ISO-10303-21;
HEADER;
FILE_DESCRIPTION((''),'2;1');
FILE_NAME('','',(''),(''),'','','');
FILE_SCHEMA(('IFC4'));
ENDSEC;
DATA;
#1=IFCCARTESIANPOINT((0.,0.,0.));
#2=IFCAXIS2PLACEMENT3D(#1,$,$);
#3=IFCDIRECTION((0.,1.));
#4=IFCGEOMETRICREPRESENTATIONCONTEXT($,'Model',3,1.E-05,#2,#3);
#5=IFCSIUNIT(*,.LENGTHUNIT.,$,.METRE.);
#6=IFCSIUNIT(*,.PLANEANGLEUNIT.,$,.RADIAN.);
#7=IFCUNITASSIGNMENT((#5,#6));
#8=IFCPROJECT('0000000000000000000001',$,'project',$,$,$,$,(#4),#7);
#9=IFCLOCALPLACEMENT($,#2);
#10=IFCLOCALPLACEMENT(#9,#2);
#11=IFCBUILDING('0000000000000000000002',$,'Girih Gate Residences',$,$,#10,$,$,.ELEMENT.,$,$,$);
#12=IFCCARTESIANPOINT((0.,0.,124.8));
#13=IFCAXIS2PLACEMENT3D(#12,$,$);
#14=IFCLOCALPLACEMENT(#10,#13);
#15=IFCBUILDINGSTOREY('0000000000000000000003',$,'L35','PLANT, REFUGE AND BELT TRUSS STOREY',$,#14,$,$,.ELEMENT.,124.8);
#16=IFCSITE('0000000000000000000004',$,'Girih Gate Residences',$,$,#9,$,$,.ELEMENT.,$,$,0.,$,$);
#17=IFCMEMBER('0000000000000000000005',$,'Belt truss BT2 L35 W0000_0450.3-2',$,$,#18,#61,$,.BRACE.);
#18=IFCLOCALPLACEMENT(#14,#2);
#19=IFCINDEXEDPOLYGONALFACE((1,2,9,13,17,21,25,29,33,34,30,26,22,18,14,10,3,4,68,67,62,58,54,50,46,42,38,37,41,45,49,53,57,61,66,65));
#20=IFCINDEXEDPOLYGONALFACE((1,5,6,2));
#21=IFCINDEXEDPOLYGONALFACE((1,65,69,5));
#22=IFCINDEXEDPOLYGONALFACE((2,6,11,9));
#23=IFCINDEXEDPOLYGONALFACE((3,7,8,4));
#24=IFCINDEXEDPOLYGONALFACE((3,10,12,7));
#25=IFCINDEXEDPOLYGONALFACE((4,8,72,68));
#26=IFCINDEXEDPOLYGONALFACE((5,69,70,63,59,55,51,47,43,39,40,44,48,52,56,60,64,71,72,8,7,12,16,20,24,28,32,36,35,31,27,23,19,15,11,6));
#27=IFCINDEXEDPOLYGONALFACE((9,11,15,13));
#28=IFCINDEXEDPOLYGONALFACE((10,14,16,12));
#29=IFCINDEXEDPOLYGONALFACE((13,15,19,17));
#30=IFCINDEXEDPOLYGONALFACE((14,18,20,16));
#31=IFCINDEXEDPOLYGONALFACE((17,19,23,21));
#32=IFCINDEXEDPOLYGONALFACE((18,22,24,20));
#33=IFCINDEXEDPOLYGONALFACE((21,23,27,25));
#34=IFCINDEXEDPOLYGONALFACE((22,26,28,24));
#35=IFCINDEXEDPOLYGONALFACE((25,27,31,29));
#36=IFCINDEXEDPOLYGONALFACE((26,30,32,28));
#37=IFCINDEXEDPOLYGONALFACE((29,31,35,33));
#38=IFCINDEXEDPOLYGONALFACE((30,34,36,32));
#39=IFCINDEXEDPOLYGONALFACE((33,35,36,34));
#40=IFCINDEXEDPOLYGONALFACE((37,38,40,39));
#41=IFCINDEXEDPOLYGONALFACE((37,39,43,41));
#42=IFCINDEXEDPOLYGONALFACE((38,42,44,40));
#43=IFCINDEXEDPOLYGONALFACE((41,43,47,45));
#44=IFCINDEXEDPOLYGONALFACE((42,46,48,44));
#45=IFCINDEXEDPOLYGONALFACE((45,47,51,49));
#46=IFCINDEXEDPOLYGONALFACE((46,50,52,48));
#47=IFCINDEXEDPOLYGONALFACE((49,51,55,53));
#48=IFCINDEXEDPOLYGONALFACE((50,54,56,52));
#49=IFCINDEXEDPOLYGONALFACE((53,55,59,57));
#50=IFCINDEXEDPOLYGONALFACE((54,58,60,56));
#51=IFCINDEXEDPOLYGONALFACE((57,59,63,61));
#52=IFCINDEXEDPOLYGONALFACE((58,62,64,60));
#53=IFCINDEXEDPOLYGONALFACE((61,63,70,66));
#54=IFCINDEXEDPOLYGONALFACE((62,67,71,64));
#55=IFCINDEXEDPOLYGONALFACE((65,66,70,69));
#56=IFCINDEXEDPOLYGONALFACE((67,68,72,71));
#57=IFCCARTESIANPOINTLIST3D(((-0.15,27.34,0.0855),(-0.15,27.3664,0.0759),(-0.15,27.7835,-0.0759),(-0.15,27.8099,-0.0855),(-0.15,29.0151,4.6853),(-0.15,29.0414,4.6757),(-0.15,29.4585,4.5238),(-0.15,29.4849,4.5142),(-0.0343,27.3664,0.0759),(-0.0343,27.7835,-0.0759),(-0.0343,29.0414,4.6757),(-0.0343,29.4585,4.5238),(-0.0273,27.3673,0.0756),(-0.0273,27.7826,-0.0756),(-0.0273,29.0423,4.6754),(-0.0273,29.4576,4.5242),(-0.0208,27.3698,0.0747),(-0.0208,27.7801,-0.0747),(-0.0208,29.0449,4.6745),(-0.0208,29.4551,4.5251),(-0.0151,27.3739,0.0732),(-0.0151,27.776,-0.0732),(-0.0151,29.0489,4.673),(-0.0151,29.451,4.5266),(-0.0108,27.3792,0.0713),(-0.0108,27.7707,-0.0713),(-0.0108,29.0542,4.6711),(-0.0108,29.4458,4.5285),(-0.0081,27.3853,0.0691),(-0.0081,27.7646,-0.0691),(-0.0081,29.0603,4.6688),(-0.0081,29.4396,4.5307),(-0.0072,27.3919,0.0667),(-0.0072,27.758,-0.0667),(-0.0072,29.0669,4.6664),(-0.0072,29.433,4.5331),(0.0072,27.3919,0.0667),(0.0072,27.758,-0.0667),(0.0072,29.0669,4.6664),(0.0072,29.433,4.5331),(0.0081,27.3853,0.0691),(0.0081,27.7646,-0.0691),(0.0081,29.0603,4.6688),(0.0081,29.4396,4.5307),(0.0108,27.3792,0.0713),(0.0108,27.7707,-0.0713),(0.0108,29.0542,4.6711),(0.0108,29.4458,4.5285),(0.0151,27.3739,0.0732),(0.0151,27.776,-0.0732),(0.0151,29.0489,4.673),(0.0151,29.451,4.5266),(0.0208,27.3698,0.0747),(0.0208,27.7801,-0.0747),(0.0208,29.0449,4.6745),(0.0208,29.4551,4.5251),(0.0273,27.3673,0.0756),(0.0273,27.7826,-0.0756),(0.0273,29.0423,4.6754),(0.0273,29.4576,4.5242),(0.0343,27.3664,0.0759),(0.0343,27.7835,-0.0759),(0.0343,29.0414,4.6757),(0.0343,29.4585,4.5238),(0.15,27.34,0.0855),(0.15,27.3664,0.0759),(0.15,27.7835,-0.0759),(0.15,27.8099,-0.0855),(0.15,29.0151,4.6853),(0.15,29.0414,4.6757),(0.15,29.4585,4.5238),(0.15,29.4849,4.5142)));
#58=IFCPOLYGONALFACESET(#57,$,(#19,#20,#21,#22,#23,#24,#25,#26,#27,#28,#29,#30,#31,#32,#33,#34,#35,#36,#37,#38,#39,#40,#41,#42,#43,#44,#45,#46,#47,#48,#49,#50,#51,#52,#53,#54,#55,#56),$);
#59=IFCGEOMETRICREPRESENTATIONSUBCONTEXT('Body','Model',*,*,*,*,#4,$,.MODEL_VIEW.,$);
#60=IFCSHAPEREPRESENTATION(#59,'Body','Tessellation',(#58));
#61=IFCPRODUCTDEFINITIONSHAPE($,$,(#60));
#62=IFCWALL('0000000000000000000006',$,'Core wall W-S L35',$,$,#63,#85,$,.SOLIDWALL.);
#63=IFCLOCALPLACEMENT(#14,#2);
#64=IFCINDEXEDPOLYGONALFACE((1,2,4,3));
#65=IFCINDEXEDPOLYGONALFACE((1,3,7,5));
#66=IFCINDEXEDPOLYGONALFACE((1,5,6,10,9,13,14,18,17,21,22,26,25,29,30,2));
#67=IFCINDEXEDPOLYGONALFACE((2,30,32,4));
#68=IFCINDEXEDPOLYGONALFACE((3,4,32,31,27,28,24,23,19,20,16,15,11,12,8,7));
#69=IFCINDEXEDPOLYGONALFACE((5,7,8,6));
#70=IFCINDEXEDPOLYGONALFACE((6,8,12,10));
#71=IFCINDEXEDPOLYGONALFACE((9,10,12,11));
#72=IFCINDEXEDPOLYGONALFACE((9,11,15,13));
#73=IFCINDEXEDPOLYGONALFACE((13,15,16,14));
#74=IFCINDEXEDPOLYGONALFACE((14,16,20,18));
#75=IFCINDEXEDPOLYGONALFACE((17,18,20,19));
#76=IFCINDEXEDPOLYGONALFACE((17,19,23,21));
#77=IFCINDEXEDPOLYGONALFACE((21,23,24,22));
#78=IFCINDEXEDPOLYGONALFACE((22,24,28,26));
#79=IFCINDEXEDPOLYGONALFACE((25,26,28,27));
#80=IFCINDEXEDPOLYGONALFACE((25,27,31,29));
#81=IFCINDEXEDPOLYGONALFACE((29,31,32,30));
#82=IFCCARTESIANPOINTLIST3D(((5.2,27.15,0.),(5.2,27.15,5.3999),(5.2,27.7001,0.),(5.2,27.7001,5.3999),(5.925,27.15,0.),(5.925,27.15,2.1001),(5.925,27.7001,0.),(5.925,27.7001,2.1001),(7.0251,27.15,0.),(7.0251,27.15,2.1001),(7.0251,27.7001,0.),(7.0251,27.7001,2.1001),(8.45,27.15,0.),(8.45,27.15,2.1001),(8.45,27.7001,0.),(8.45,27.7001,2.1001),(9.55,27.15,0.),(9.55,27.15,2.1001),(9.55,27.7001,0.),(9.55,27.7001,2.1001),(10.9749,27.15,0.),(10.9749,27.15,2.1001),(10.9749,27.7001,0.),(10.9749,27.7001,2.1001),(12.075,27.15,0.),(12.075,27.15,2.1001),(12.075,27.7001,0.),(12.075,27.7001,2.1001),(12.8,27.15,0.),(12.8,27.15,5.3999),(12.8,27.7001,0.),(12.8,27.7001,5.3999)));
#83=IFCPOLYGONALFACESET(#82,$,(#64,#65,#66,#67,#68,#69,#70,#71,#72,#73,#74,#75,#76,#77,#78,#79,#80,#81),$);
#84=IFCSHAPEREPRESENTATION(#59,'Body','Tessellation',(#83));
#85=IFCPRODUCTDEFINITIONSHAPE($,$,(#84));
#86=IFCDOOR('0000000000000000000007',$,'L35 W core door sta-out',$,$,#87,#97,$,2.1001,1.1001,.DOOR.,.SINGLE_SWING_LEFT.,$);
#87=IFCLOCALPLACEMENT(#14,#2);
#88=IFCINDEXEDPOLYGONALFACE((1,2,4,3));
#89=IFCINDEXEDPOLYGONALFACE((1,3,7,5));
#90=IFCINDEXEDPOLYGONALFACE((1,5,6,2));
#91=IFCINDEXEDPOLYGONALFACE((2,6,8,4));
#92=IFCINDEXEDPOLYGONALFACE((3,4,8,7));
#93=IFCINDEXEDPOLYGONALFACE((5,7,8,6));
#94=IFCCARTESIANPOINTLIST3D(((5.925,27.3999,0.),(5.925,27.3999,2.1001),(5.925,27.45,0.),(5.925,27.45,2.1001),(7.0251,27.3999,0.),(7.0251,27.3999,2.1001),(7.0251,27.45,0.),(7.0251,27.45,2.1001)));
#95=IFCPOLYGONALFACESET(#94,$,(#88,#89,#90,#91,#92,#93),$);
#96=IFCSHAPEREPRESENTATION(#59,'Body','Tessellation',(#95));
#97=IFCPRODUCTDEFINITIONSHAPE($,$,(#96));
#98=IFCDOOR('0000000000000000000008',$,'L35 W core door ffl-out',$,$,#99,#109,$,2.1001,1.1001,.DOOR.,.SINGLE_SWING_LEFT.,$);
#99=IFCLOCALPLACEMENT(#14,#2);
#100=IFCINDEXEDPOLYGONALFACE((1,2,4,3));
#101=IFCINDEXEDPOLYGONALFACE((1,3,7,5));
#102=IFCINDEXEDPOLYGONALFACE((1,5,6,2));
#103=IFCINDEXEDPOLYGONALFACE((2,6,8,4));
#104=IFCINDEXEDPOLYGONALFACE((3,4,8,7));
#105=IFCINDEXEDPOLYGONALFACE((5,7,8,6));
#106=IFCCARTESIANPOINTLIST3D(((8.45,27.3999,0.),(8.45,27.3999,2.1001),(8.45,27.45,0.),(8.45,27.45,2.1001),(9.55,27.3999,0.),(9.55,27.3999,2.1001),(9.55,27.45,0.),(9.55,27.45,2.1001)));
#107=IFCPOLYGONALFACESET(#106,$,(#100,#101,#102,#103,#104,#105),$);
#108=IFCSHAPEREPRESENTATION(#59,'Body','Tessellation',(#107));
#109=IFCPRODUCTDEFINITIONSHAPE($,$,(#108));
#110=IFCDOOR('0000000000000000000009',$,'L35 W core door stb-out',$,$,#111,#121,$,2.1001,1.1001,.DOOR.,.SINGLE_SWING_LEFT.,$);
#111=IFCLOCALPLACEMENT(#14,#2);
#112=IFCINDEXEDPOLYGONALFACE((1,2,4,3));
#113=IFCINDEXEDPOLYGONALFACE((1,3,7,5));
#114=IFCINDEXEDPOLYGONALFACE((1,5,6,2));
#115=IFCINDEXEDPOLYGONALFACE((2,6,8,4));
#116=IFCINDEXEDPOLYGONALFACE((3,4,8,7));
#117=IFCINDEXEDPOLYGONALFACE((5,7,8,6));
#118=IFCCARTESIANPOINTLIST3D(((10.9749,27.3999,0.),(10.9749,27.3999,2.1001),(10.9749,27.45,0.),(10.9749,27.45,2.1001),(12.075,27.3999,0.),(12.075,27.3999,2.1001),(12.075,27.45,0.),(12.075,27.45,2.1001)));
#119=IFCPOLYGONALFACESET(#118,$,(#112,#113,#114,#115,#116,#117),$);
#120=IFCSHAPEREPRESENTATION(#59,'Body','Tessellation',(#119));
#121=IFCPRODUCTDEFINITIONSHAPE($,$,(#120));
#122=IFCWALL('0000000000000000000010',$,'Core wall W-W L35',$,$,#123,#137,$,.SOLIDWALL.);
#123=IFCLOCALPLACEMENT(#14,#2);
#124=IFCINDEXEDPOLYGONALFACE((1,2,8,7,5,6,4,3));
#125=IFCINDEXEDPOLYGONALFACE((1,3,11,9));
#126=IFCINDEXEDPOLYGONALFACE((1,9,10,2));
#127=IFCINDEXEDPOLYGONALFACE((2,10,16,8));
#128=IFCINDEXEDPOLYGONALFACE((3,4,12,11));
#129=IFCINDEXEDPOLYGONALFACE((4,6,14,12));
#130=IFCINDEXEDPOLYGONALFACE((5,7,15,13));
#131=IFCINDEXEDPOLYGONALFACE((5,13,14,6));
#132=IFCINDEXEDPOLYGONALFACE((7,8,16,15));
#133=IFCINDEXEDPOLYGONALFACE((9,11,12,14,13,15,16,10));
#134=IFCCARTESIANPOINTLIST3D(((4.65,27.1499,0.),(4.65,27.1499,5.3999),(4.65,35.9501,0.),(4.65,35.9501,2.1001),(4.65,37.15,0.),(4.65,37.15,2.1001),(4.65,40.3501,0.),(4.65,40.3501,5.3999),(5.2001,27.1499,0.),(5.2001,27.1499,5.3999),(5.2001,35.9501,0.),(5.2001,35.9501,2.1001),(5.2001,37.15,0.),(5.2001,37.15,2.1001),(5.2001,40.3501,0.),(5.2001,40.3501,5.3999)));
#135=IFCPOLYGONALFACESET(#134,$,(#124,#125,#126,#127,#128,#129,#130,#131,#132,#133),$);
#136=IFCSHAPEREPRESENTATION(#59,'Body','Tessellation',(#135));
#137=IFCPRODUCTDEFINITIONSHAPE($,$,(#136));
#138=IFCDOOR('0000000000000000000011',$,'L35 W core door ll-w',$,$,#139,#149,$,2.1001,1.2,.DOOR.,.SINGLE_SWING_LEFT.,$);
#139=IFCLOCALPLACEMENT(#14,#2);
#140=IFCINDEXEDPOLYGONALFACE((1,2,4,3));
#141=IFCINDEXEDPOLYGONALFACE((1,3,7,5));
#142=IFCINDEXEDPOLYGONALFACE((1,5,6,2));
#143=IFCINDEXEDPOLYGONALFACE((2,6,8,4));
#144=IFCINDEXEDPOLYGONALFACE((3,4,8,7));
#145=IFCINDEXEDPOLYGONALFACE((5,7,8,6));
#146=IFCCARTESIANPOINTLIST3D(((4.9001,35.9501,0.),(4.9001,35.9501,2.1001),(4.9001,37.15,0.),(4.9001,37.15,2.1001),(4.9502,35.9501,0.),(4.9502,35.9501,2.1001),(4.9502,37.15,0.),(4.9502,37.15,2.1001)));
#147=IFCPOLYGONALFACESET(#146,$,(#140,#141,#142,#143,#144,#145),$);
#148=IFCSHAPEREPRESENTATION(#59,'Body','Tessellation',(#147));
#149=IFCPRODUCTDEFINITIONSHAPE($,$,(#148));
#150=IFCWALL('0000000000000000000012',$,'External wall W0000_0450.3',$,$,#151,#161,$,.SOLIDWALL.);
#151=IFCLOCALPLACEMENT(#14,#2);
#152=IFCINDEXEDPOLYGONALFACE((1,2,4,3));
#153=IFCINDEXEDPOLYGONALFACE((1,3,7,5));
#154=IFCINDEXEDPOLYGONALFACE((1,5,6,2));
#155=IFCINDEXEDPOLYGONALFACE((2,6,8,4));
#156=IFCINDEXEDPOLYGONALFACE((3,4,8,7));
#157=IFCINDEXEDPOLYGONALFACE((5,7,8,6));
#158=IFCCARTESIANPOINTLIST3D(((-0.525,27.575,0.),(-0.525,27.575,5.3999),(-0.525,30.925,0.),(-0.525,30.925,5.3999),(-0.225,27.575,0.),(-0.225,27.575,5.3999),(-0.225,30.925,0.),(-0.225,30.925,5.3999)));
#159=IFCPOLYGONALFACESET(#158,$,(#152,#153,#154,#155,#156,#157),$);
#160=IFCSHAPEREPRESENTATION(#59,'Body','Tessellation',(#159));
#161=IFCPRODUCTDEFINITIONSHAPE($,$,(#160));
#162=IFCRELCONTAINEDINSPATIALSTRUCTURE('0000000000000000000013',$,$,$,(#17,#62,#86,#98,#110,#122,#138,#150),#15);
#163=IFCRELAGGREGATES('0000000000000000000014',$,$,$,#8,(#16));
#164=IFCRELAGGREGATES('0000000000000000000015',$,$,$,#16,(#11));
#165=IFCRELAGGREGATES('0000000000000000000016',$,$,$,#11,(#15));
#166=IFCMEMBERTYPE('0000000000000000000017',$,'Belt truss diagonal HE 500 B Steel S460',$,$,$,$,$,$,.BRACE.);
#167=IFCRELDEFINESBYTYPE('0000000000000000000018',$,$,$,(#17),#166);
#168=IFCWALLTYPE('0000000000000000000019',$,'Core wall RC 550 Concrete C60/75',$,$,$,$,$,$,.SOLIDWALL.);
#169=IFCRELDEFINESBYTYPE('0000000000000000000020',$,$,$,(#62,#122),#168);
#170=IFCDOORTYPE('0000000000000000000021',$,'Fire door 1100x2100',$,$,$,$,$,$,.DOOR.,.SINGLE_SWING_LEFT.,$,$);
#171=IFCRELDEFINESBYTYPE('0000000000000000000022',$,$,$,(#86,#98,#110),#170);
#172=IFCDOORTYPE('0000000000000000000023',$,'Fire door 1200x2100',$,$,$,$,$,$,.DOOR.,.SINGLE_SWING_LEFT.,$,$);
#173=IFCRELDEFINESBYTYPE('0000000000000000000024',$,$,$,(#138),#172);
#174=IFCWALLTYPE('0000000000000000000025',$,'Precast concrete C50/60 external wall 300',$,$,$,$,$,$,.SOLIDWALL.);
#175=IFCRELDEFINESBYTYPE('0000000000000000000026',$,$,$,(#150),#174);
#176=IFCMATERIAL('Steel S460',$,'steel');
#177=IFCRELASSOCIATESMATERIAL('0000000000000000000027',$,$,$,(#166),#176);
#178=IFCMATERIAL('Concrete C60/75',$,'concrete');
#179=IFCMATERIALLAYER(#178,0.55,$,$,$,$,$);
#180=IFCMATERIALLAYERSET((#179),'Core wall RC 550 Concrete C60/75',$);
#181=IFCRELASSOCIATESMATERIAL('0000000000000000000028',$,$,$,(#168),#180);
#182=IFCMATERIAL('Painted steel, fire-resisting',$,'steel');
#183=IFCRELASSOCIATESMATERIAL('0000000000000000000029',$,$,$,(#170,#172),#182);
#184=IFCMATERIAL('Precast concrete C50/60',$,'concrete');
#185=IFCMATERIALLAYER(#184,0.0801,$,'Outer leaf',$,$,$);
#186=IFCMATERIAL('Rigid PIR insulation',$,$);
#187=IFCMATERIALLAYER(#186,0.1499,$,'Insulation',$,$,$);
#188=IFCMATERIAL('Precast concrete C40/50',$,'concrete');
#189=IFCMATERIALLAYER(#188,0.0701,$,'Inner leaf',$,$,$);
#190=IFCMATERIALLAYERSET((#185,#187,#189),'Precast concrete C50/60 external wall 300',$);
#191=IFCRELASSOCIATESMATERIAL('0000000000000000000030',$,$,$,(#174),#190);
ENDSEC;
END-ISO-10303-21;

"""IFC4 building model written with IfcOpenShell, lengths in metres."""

from ifc_helpers import new_model, si_unit, direction, frame, frame_2d, origin, origin_2d, place, context, subcontext, project, spatial, rectangle, i_section, extrude, material, layer, layer_set, material_profile, profile_set, type_object, element, fill, save


model = new_model("IFC4")

# Units and contexts
model_context = context("Model", 3, precision=1e-05, world=origin(), true_north=direction((0.0, 1.0)))
body_context = subcontext(model_context, "Body", "Model", "MODEL_VIEW")
ifc_project = project(units=[si_unit("LENGTHUNIT", "METRE"), si_unit("PLANEANGLEUNIT", "RADIAN")], contexts=[model_context])

# Site, building, storey
site_placement = place(None, origin())
site = spatial("IfcSite", under=ifc_project, at=site_placement, Name="Girih Gate Residences", CompositionType="ELEMENT", RefElevation=0.0)
building_placement = place(site_placement, origin())
building = spatial("IfcBuilding", under=site, at=building_placement, Name="Girih Gate Residences", CompositionType="ELEMENT")
storey_placement = place(building_placement, frame((0.0, 0.0, 124.8)))
storey = spatial("IfcBuildingStorey", under=building, at=storey_placement, Name="L35", Description="PLANT, REFUGE AND BELT TRUSS STOREY", CompositionType="ELEMENT", Elevation=124.8)

# Member
ifc_material_1 = material(Name="Steel S460", Category="steel")
ifc_material_profile = material_profile(ifc_material_1, i_section(OverallWidth=0.3, OverallDepth=0.5, WebThickness=0.0144, FlangeThickness=0.0281, FilletRadius=0.0271, at=origin_2d()))
ifc_profile_set = profile_set([ifc_material_profile], Name="Steel S460")
member_type = type_object("IfcMemberType", Name="Belt truss diagonal HE 500 B Steel S460", PredefinedType="BRACE", material=ifc_profile_set)
member_placement = place(storey_placement, frame((0.0, 27.575, 0.0), z_axis=(0.0, 0.342171, 0.939638), x_axis=(-1.0, 0.0, 0.0)))
element("IfcMember", 1, at=member_placement, inside=storey, type_object=member_type, Name="Belt truss BT2 L35 W0000_0450.3-2", PredefinedType="BRACE", context=body_context, shape_type="SweptSolid", body=[
    extrude(i_section(OverallWidth=0.3, OverallDepth=0.5, WebThickness=0.0144, FlangeThickness=0.0281, FilletRadius=0.0271, at=origin_2d()), origin(), (0.0, 0.0, 1.0), 4.8953),
])

# Wall, openings, doors
ifc_material_2 = material(Name="Concrete C60/75", Category="concrete")
ifc_layer_1 = layer(ifc_material_2, 0.55)
ifc_layer_set_1 = layer_set([ifc_layer_1], Name="Core wall RC 550 Concrete C60/75")
wall_type_1 = type_object("IfcWallType", Name="Core wall RC 550 Concrete C60/75", PredefinedType="SOLIDWALL", material=ifc_layer_set_1)
wall_1_placement = place(storey_placement, frame((5.2, 27.425, 0.0), z_axis=(0.0, 0.0, 1.0), x_axis=(1.0, 0.0, 0.0)))
wall_1 = element("IfcWall", 2, at=wall_1_placement, inside=storey, type_object=wall_type_1, Name="Core wall W-S L35", PredefinedType="SOLIDWALL", context=body_context, shape_type="SweptSolid", body=[
    extrude(rectangle(XDim=7.6001, YDim=0.55, at=frame_2d((3.8, 0.0))), origin(), (0.0, 0.0, 1.0), 5.3999),
])
opening_1_placement = place(wall_1_placement, frame((0.7251, 0.0, 0.0)))
opening_1 = element("IfcOpeningElement", 3, at=opening_1_placement, cuts=wall_1, PredefinedType="OPENING", context=body_context, shape_type="SweptSolid", body=[
    extrude(rectangle(XDim=1.1001, YDim=2.1001, at=frame_2d((0.55, 1.05))), frame((0.0, 0.2849, 0.0), z_axis=(0.0, -1.0, 0.0), x_axis=(1.0, 0.0, 0.0)), (0.0, 0.0, 1.0), 0.5701),
])
opening_2_placement = place(wall_1_placement, frame((3.25, 0.0, 0.0)))
opening_2 = element("IfcOpeningElement", 4, at=opening_2_placement, cuts=wall_1, PredefinedType="OPENING", context=body_context, shape_type="SweptSolid", body=[
    extrude(rectangle(XDim=1.1001, YDim=2.1001, at=frame_2d((0.55, 1.05))), frame((0.0, 0.2849, 0.0), z_axis=(0.0, -1.0, 0.0), x_axis=(1.0, 0.0, 0.0)), (0.0, 0.0, 1.0), 0.5701),
])
opening_3_placement = place(wall_1_placement, frame((5.7749, 0.0, 0.0)))
opening_3 = element("IfcOpeningElement", 5, at=opening_3_placement, cuts=wall_1, PredefinedType="OPENING", context=body_context, shape_type="SweptSolid", body=[
    extrude(rectangle(XDim=1.1001, YDim=2.1001, at=frame_2d((0.55, 1.05))), frame((0.0, 0.2849, 0.0), z_axis=(0.0, -1.0, 0.0), x_axis=(1.0, 0.0, 0.0)), (0.0, 0.0, 1.0), 0.5701),
])
ifc_material_3 = material(Name="Painted steel, fire-resisting", Category="steel")
door_type_1 = type_object("IfcDoorType", Name="Fire door 1100x2100", OperationType="SINGLE_SWING_LEFT", PredefinedType="DOOR", material=ifc_material_3)
door_1_placement = place(opening_1_placement, origin())
door_1 = element("IfcDoor", 6, at=door_1_placement, inside=storey, type_object=door_type_1, Name="L35 W core door sta-out", OperationType="SINGLE_SWING_LEFT", OverallHeight=2.1001, OverallWidth=1.1001, PredefinedType="DOOR", context=body_context, shape_type="SweptSolid", body=[
    extrude(rectangle(XDim=1.1001, YDim=2.1001, at=frame_2d((0.55, 1.05))), frame((0.0, 0.0249, 0.0), z_axis=(0.0, -1.0, 0.0), x_axis=(1.0, 0.0, 0.0)), (0.0, 0.0, 1.0), 0.05),
])
fill(opening_1, door_1)
door_2_placement = place(opening_2_placement, origin())
door_2 = element("IfcDoor", 7, at=door_2_placement, inside=storey, type_object=door_type_1, Name="L35 W core door ffl-out", OperationType="SINGLE_SWING_LEFT", OverallHeight=2.1001, OverallWidth=1.1001, PredefinedType="DOOR", context=body_context, shape_type="SweptSolid", body=[
    extrude(rectangle(XDim=1.1001, YDim=2.1001, at=frame_2d((0.55, 1.05))), frame((0.0, 0.0249, 0.0), z_axis=(0.0, -1.0, 0.0), x_axis=(1.0, 0.0, 0.0)), (0.0, 0.0, 1.0), 0.05),
])
fill(opening_2, door_2)
door_3_placement = place(opening_3_placement, origin())
door_3 = element("IfcDoor", 8, at=door_3_placement, inside=storey, type_object=door_type_1, Name="L35 W core door stb-out", OperationType="SINGLE_SWING_LEFT", OverallHeight=2.1001, OverallWidth=1.1001, PredefinedType="DOOR", context=body_context, shape_type="SweptSolid", body=[
    extrude(rectangle(XDim=1.1001, YDim=2.1001, at=frame_2d((0.55, 1.05))), frame((0.0, 0.0249, 0.0), z_axis=(0.0, -1.0, 0.0), x_axis=(1.0, 0.0, 0.0)), (0.0, 0.0, 1.0), 0.05),
])
fill(opening_3, door_3)

# Wall, opening, door
wall_2_placement = place(storey_placement, frame((4.925, 27.1499, 0.0), z_axis=(0.0, 0.0, 1.0), x_axis=(0.0, 1.0, 0.0)))
wall_2 = element("IfcWall", 9, at=wall_2_placement, inside=storey, type_object=wall_type_1, Name="Core wall W-W L35", PredefinedType="SOLIDWALL", context=body_context, shape_type="SweptSolid", body=[
    extrude(rectangle(XDim=13.2002, YDim=0.55, at=frame_2d((6.6001, 0.0))), origin(), (0.0, 0.0, 1.0), 5.3999),
])
opening_4_placement = place(wall_2_placement, frame((8.8, 0.0, 0.0)))
opening_4 = element("IfcOpeningElement", 10, at=opening_4_placement, cuts=wall_2, PredefinedType="OPENING", context=body_context, shape_type="SweptSolid", body=[
    extrude(rectangle(XDim=1.2, YDim=2.1001, at=frame_2d((0.6001, 1.05))), frame((0.0, 0.2849, 0.0), z_axis=(0.0, -1.0, 0.0), x_axis=(1.0, 0.0, 0.0)), (0.0, 0.0, 1.0), 0.5701),
])
door_type_2 = type_object("IfcDoorType", Name="Fire door 1200x2100", OperationType="SINGLE_SWING_LEFT", PredefinedType="DOOR", material=ifc_material_3)
door_4_placement = place(opening_4_placement, origin())
door_4 = element("IfcDoor", 11, at=door_4_placement, inside=storey, type_object=door_type_2, Name="L35 W core door ll-w", OperationType="SINGLE_SWING_LEFT", OverallHeight=2.1001, OverallWidth=1.2, PredefinedType="DOOR", context=body_context, shape_type="SweptSolid", body=[
    extrude(rectangle(XDim=1.2, YDim=2.1001, at=frame_2d((0.6001, 1.05))), frame((0.0, 0.0249, 0.0), z_axis=(0.0, -1.0, 0.0), x_axis=(1.0, 0.0, 0.0)), (0.0, 0.0, 1.0), 0.05),
])
fill(opening_4, door_4)

# Wall
ifc_material_4 = material(Name="Precast concrete C50/60", Category="concrete")
ifc_layer_2 = layer(ifc_material_4, 0.0801, Name="Outer leaf")
ifc_material_5 = material(Name="Rigid PIR insulation")
ifc_layer_3 = layer(ifc_material_5, 0.1499, Name="Insulation")
ifc_material_6 = material(Name="Precast concrete C40/50", Category="concrete")
ifc_layer_4 = layer(ifc_material_6, 0.0701, Name="Inner leaf")
ifc_layer_set_2 = layer_set([ifc_layer_2, ifc_layer_3, ifc_layer_4], Name="Precast concrete C50/60 external wall 300")
wall_type_2 = type_object("IfcWallType", Name="Precast concrete C50/60 external wall 300", PredefinedType="SOLIDWALL", material=ifc_layer_set_2)
wall_3_placement = place(storey_placement, frame((-0.375, 27.575, 0.0), z_axis=(0.0, 0.0, 1.0), x_axis=(0.0, 1.0, 0.0)))
element("IfcWall", 12, at=wall_3_placement, inside=storey, type_object=wall_type_2, Name="External wall W0000_0450.3", PredefinedType="SOLIDWALL", context=body_context, shape_type="SweptSolid", body=[
    extrude(rectangle(XDim=3.3501, YDim=0.3, at=frame_2d((1.675, 0.0))), origin(), (0.0, 0.0, 1.0), 5.3999),
])

save(model, "model.ifc")
